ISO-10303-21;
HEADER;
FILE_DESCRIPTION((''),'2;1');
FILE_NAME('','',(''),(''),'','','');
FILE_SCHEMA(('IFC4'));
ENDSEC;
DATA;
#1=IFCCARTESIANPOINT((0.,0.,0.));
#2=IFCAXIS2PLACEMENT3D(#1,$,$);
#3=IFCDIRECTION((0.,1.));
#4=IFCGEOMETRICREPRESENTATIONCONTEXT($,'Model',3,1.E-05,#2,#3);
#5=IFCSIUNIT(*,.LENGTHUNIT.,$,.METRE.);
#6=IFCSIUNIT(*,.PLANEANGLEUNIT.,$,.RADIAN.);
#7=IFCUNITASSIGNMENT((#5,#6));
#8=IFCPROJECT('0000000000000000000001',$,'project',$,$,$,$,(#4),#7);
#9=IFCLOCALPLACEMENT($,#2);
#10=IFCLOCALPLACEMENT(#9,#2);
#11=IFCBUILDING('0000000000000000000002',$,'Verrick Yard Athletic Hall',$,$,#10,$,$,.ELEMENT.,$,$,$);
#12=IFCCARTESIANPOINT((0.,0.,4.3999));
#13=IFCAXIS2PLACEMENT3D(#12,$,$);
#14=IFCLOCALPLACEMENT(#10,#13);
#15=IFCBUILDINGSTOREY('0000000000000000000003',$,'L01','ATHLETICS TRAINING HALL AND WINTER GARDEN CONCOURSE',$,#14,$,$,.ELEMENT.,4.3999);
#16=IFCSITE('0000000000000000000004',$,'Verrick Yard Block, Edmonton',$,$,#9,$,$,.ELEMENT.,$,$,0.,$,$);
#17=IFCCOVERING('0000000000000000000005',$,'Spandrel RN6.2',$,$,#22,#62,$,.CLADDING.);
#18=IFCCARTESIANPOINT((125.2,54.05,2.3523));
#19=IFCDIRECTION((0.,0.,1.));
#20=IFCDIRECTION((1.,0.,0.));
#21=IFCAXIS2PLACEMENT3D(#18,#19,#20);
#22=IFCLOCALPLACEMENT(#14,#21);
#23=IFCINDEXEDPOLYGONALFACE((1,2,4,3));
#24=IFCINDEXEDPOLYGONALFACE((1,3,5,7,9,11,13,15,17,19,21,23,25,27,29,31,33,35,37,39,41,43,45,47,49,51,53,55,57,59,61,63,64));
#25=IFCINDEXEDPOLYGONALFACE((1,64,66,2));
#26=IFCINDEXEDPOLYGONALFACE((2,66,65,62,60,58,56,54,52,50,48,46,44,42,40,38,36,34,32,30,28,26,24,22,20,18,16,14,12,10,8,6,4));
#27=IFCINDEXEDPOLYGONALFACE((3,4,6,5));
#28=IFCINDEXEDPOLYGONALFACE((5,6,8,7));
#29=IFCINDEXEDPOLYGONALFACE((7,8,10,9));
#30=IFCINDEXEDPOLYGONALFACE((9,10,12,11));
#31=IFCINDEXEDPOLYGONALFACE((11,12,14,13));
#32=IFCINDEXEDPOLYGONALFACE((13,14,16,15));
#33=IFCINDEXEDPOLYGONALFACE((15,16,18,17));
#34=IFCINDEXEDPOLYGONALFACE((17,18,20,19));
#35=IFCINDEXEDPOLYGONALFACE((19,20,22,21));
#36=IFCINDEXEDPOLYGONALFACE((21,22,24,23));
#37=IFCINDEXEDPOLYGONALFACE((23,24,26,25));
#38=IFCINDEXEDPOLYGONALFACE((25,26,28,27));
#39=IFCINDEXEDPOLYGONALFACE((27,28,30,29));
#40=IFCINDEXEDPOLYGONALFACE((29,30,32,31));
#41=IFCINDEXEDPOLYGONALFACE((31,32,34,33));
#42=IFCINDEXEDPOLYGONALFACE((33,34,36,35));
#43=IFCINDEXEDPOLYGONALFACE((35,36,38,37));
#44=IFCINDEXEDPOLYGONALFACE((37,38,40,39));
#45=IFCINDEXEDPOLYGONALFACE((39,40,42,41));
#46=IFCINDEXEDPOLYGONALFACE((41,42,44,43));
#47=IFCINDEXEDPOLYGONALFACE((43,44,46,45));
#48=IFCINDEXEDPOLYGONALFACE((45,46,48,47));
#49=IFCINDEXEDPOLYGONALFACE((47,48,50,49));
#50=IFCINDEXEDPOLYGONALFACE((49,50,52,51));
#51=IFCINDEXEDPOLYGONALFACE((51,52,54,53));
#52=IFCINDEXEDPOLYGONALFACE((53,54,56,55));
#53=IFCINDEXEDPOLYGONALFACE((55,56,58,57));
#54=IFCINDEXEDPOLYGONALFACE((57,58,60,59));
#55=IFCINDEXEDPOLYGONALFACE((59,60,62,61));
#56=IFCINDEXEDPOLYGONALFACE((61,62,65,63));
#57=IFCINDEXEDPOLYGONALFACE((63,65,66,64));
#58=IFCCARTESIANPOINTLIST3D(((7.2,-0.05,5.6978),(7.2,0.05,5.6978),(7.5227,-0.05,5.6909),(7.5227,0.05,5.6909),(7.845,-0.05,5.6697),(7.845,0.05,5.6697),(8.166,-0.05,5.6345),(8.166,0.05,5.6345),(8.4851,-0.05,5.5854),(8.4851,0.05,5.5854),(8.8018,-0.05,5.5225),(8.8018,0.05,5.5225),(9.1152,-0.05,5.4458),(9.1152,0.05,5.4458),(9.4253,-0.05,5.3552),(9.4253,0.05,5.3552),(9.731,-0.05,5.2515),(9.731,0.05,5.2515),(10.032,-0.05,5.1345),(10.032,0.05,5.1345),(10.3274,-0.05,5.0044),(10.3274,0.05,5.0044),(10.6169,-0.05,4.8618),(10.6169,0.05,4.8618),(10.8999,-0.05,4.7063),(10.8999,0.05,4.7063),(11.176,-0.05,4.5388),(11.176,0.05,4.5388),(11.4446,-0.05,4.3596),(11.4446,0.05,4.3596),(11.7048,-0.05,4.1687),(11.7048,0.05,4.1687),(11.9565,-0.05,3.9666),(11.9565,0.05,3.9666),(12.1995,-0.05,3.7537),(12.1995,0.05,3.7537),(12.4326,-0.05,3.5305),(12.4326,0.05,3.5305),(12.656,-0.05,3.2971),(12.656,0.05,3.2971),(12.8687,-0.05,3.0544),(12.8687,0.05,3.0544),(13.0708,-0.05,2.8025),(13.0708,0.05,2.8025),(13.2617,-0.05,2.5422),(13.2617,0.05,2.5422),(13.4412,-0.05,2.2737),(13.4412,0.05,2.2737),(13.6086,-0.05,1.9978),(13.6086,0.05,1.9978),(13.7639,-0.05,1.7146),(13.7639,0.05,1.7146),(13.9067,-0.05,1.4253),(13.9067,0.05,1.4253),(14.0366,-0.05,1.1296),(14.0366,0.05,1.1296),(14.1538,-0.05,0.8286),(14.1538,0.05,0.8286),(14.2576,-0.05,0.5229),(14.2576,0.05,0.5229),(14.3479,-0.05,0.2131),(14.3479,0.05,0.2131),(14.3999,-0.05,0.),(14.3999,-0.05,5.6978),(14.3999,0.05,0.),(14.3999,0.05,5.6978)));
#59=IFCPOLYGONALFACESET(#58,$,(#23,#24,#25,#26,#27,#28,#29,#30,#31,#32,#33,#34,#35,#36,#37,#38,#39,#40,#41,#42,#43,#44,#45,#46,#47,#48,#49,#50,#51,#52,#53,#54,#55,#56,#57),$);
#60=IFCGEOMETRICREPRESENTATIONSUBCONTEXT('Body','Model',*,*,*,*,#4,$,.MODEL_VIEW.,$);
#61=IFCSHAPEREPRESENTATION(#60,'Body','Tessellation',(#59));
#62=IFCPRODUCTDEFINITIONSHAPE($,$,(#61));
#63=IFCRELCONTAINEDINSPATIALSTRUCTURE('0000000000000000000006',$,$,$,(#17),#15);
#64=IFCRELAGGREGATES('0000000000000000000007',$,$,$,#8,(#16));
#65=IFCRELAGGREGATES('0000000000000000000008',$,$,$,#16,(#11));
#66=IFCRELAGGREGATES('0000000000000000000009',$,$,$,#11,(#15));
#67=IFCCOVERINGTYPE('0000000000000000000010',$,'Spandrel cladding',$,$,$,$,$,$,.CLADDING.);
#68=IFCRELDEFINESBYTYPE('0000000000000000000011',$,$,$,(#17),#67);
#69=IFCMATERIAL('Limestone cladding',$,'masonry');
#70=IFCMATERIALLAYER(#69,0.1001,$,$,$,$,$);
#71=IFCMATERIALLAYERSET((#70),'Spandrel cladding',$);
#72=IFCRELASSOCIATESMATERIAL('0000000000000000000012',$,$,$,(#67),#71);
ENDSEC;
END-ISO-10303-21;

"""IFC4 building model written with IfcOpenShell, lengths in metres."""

from ifc_helpers import new_model, si_unit, direction, frame, origin, place, context, subcontext, project, spatial, polyline, outline, extrude, material, layer, layer_set, type_object, element, save


model = new_model("IFC4")

# Units and contexts
model_context = context("Model", 3, precision=1e-05, world=origin(), true_north=direction((0.0, 1.0)))
body_context = subcontext(model_context, "Body", "Model", "MODEL_VIEW")
ifc_project = project(units=[si_unit("LENGTHUNIT", "METRE"), si_unit("PLANEANGLEUNIT", "RADIAN")], contexts=[model_context])

# Site, building, storey
site_placement = place(None, origin())
site = spatial("IfcSite", under=ifc_project, at=site_placement, Name="Verrick Yard Block, Edmonton", CompositionType="ELEMENT", RefElevation=0.0)
building_placement = place(site_placement, origin())
building = spatial("IfcBuilding", under=site, at=building_placement, Name="Verrick Yard Athletic Hall", CompositionType="ELEMENT")
storey_placement = place(building_placement, frame((0.0, 0.0, 4.3999)))
storey = spatial("IfcBuildingStorey", under=building, at=storey_placement, Name="L01", Description="ATHLETICS TRAINING HALL AND WINTER GARDEN CONCOURSE", CompositionType="ELEMENT", Elevation=4.3999)

# Covering
ifc_material_1 = material(Name="Limestone cladding", Category="masonry")
ifc_layer_1 = layer(ifc_material_1, 0.1001)
ifc_layer_set_1 = layer_set([ifc_layer_1], Name="Spandrel cladding")
covering_type = type_object("IfcCoveringType", Name="Spandrel cladding", PredefinedType="CLADDING", material=ifc_layer_set_1)
covering_1_placement = place(storey_placement, frame((125.2, 54.05, 2.3523), z_axis=(0.0, 0.0, 1.0), x_axis=(1.0, 0.0, 0.0)))
element("IfcCovering", 1, at=covering_1_placement, inside=storey, type_object=covering_type, Name="Spandrel RN6.2", PredefinedType="CLADDING", context=body_context, shape_type="SweptSolid", body=[
    extrude(outline(polyline([(7.2, 5.6978), (7.5227, 5.6909), (7.845, 5.6697), (8.166, 5.6345), (8.4851, 5.5854), (8.8018, 5.5225), (9.1152, 5.4458), (9.4253, 5.3552), (9.731, 5.2515), (10.032, 5.1345), (10.3274, 5.0044), (10.6169, 4.8618), (10.8999, 4.7063), (11.176, 4.5388), (11.4446, 4.3596), (11.7048, 4.1687), (11.9565, 3.9666), (12.1995, 3.7537), (12.4326, 3.5305), (12.656, 3.2971), (12.8687, 3.0544), (13.0708, 2.8025), (13.2617, 2.5422), (13.4412, 2.2737), (13.6086, 1.9978), (13.7639, 1.7146), (13.9067, 1.4253), (14.0366, 1.1296), (14.1538, 0.8286), (14.2576, 0.5229), (14.3479, 0.2131), (14.3999, 0.0), (14.3999, 5.6978), (7.2, 5.6978)])), frame((0.0, 0.05, 0.0), z_axis=(0.0, -1.0, 0.0), x_axis=(1.0, 0.0, 0.0)), (0.0, 0.0, 1.0), 0.1001),
])

save(model, "model.ifc")
